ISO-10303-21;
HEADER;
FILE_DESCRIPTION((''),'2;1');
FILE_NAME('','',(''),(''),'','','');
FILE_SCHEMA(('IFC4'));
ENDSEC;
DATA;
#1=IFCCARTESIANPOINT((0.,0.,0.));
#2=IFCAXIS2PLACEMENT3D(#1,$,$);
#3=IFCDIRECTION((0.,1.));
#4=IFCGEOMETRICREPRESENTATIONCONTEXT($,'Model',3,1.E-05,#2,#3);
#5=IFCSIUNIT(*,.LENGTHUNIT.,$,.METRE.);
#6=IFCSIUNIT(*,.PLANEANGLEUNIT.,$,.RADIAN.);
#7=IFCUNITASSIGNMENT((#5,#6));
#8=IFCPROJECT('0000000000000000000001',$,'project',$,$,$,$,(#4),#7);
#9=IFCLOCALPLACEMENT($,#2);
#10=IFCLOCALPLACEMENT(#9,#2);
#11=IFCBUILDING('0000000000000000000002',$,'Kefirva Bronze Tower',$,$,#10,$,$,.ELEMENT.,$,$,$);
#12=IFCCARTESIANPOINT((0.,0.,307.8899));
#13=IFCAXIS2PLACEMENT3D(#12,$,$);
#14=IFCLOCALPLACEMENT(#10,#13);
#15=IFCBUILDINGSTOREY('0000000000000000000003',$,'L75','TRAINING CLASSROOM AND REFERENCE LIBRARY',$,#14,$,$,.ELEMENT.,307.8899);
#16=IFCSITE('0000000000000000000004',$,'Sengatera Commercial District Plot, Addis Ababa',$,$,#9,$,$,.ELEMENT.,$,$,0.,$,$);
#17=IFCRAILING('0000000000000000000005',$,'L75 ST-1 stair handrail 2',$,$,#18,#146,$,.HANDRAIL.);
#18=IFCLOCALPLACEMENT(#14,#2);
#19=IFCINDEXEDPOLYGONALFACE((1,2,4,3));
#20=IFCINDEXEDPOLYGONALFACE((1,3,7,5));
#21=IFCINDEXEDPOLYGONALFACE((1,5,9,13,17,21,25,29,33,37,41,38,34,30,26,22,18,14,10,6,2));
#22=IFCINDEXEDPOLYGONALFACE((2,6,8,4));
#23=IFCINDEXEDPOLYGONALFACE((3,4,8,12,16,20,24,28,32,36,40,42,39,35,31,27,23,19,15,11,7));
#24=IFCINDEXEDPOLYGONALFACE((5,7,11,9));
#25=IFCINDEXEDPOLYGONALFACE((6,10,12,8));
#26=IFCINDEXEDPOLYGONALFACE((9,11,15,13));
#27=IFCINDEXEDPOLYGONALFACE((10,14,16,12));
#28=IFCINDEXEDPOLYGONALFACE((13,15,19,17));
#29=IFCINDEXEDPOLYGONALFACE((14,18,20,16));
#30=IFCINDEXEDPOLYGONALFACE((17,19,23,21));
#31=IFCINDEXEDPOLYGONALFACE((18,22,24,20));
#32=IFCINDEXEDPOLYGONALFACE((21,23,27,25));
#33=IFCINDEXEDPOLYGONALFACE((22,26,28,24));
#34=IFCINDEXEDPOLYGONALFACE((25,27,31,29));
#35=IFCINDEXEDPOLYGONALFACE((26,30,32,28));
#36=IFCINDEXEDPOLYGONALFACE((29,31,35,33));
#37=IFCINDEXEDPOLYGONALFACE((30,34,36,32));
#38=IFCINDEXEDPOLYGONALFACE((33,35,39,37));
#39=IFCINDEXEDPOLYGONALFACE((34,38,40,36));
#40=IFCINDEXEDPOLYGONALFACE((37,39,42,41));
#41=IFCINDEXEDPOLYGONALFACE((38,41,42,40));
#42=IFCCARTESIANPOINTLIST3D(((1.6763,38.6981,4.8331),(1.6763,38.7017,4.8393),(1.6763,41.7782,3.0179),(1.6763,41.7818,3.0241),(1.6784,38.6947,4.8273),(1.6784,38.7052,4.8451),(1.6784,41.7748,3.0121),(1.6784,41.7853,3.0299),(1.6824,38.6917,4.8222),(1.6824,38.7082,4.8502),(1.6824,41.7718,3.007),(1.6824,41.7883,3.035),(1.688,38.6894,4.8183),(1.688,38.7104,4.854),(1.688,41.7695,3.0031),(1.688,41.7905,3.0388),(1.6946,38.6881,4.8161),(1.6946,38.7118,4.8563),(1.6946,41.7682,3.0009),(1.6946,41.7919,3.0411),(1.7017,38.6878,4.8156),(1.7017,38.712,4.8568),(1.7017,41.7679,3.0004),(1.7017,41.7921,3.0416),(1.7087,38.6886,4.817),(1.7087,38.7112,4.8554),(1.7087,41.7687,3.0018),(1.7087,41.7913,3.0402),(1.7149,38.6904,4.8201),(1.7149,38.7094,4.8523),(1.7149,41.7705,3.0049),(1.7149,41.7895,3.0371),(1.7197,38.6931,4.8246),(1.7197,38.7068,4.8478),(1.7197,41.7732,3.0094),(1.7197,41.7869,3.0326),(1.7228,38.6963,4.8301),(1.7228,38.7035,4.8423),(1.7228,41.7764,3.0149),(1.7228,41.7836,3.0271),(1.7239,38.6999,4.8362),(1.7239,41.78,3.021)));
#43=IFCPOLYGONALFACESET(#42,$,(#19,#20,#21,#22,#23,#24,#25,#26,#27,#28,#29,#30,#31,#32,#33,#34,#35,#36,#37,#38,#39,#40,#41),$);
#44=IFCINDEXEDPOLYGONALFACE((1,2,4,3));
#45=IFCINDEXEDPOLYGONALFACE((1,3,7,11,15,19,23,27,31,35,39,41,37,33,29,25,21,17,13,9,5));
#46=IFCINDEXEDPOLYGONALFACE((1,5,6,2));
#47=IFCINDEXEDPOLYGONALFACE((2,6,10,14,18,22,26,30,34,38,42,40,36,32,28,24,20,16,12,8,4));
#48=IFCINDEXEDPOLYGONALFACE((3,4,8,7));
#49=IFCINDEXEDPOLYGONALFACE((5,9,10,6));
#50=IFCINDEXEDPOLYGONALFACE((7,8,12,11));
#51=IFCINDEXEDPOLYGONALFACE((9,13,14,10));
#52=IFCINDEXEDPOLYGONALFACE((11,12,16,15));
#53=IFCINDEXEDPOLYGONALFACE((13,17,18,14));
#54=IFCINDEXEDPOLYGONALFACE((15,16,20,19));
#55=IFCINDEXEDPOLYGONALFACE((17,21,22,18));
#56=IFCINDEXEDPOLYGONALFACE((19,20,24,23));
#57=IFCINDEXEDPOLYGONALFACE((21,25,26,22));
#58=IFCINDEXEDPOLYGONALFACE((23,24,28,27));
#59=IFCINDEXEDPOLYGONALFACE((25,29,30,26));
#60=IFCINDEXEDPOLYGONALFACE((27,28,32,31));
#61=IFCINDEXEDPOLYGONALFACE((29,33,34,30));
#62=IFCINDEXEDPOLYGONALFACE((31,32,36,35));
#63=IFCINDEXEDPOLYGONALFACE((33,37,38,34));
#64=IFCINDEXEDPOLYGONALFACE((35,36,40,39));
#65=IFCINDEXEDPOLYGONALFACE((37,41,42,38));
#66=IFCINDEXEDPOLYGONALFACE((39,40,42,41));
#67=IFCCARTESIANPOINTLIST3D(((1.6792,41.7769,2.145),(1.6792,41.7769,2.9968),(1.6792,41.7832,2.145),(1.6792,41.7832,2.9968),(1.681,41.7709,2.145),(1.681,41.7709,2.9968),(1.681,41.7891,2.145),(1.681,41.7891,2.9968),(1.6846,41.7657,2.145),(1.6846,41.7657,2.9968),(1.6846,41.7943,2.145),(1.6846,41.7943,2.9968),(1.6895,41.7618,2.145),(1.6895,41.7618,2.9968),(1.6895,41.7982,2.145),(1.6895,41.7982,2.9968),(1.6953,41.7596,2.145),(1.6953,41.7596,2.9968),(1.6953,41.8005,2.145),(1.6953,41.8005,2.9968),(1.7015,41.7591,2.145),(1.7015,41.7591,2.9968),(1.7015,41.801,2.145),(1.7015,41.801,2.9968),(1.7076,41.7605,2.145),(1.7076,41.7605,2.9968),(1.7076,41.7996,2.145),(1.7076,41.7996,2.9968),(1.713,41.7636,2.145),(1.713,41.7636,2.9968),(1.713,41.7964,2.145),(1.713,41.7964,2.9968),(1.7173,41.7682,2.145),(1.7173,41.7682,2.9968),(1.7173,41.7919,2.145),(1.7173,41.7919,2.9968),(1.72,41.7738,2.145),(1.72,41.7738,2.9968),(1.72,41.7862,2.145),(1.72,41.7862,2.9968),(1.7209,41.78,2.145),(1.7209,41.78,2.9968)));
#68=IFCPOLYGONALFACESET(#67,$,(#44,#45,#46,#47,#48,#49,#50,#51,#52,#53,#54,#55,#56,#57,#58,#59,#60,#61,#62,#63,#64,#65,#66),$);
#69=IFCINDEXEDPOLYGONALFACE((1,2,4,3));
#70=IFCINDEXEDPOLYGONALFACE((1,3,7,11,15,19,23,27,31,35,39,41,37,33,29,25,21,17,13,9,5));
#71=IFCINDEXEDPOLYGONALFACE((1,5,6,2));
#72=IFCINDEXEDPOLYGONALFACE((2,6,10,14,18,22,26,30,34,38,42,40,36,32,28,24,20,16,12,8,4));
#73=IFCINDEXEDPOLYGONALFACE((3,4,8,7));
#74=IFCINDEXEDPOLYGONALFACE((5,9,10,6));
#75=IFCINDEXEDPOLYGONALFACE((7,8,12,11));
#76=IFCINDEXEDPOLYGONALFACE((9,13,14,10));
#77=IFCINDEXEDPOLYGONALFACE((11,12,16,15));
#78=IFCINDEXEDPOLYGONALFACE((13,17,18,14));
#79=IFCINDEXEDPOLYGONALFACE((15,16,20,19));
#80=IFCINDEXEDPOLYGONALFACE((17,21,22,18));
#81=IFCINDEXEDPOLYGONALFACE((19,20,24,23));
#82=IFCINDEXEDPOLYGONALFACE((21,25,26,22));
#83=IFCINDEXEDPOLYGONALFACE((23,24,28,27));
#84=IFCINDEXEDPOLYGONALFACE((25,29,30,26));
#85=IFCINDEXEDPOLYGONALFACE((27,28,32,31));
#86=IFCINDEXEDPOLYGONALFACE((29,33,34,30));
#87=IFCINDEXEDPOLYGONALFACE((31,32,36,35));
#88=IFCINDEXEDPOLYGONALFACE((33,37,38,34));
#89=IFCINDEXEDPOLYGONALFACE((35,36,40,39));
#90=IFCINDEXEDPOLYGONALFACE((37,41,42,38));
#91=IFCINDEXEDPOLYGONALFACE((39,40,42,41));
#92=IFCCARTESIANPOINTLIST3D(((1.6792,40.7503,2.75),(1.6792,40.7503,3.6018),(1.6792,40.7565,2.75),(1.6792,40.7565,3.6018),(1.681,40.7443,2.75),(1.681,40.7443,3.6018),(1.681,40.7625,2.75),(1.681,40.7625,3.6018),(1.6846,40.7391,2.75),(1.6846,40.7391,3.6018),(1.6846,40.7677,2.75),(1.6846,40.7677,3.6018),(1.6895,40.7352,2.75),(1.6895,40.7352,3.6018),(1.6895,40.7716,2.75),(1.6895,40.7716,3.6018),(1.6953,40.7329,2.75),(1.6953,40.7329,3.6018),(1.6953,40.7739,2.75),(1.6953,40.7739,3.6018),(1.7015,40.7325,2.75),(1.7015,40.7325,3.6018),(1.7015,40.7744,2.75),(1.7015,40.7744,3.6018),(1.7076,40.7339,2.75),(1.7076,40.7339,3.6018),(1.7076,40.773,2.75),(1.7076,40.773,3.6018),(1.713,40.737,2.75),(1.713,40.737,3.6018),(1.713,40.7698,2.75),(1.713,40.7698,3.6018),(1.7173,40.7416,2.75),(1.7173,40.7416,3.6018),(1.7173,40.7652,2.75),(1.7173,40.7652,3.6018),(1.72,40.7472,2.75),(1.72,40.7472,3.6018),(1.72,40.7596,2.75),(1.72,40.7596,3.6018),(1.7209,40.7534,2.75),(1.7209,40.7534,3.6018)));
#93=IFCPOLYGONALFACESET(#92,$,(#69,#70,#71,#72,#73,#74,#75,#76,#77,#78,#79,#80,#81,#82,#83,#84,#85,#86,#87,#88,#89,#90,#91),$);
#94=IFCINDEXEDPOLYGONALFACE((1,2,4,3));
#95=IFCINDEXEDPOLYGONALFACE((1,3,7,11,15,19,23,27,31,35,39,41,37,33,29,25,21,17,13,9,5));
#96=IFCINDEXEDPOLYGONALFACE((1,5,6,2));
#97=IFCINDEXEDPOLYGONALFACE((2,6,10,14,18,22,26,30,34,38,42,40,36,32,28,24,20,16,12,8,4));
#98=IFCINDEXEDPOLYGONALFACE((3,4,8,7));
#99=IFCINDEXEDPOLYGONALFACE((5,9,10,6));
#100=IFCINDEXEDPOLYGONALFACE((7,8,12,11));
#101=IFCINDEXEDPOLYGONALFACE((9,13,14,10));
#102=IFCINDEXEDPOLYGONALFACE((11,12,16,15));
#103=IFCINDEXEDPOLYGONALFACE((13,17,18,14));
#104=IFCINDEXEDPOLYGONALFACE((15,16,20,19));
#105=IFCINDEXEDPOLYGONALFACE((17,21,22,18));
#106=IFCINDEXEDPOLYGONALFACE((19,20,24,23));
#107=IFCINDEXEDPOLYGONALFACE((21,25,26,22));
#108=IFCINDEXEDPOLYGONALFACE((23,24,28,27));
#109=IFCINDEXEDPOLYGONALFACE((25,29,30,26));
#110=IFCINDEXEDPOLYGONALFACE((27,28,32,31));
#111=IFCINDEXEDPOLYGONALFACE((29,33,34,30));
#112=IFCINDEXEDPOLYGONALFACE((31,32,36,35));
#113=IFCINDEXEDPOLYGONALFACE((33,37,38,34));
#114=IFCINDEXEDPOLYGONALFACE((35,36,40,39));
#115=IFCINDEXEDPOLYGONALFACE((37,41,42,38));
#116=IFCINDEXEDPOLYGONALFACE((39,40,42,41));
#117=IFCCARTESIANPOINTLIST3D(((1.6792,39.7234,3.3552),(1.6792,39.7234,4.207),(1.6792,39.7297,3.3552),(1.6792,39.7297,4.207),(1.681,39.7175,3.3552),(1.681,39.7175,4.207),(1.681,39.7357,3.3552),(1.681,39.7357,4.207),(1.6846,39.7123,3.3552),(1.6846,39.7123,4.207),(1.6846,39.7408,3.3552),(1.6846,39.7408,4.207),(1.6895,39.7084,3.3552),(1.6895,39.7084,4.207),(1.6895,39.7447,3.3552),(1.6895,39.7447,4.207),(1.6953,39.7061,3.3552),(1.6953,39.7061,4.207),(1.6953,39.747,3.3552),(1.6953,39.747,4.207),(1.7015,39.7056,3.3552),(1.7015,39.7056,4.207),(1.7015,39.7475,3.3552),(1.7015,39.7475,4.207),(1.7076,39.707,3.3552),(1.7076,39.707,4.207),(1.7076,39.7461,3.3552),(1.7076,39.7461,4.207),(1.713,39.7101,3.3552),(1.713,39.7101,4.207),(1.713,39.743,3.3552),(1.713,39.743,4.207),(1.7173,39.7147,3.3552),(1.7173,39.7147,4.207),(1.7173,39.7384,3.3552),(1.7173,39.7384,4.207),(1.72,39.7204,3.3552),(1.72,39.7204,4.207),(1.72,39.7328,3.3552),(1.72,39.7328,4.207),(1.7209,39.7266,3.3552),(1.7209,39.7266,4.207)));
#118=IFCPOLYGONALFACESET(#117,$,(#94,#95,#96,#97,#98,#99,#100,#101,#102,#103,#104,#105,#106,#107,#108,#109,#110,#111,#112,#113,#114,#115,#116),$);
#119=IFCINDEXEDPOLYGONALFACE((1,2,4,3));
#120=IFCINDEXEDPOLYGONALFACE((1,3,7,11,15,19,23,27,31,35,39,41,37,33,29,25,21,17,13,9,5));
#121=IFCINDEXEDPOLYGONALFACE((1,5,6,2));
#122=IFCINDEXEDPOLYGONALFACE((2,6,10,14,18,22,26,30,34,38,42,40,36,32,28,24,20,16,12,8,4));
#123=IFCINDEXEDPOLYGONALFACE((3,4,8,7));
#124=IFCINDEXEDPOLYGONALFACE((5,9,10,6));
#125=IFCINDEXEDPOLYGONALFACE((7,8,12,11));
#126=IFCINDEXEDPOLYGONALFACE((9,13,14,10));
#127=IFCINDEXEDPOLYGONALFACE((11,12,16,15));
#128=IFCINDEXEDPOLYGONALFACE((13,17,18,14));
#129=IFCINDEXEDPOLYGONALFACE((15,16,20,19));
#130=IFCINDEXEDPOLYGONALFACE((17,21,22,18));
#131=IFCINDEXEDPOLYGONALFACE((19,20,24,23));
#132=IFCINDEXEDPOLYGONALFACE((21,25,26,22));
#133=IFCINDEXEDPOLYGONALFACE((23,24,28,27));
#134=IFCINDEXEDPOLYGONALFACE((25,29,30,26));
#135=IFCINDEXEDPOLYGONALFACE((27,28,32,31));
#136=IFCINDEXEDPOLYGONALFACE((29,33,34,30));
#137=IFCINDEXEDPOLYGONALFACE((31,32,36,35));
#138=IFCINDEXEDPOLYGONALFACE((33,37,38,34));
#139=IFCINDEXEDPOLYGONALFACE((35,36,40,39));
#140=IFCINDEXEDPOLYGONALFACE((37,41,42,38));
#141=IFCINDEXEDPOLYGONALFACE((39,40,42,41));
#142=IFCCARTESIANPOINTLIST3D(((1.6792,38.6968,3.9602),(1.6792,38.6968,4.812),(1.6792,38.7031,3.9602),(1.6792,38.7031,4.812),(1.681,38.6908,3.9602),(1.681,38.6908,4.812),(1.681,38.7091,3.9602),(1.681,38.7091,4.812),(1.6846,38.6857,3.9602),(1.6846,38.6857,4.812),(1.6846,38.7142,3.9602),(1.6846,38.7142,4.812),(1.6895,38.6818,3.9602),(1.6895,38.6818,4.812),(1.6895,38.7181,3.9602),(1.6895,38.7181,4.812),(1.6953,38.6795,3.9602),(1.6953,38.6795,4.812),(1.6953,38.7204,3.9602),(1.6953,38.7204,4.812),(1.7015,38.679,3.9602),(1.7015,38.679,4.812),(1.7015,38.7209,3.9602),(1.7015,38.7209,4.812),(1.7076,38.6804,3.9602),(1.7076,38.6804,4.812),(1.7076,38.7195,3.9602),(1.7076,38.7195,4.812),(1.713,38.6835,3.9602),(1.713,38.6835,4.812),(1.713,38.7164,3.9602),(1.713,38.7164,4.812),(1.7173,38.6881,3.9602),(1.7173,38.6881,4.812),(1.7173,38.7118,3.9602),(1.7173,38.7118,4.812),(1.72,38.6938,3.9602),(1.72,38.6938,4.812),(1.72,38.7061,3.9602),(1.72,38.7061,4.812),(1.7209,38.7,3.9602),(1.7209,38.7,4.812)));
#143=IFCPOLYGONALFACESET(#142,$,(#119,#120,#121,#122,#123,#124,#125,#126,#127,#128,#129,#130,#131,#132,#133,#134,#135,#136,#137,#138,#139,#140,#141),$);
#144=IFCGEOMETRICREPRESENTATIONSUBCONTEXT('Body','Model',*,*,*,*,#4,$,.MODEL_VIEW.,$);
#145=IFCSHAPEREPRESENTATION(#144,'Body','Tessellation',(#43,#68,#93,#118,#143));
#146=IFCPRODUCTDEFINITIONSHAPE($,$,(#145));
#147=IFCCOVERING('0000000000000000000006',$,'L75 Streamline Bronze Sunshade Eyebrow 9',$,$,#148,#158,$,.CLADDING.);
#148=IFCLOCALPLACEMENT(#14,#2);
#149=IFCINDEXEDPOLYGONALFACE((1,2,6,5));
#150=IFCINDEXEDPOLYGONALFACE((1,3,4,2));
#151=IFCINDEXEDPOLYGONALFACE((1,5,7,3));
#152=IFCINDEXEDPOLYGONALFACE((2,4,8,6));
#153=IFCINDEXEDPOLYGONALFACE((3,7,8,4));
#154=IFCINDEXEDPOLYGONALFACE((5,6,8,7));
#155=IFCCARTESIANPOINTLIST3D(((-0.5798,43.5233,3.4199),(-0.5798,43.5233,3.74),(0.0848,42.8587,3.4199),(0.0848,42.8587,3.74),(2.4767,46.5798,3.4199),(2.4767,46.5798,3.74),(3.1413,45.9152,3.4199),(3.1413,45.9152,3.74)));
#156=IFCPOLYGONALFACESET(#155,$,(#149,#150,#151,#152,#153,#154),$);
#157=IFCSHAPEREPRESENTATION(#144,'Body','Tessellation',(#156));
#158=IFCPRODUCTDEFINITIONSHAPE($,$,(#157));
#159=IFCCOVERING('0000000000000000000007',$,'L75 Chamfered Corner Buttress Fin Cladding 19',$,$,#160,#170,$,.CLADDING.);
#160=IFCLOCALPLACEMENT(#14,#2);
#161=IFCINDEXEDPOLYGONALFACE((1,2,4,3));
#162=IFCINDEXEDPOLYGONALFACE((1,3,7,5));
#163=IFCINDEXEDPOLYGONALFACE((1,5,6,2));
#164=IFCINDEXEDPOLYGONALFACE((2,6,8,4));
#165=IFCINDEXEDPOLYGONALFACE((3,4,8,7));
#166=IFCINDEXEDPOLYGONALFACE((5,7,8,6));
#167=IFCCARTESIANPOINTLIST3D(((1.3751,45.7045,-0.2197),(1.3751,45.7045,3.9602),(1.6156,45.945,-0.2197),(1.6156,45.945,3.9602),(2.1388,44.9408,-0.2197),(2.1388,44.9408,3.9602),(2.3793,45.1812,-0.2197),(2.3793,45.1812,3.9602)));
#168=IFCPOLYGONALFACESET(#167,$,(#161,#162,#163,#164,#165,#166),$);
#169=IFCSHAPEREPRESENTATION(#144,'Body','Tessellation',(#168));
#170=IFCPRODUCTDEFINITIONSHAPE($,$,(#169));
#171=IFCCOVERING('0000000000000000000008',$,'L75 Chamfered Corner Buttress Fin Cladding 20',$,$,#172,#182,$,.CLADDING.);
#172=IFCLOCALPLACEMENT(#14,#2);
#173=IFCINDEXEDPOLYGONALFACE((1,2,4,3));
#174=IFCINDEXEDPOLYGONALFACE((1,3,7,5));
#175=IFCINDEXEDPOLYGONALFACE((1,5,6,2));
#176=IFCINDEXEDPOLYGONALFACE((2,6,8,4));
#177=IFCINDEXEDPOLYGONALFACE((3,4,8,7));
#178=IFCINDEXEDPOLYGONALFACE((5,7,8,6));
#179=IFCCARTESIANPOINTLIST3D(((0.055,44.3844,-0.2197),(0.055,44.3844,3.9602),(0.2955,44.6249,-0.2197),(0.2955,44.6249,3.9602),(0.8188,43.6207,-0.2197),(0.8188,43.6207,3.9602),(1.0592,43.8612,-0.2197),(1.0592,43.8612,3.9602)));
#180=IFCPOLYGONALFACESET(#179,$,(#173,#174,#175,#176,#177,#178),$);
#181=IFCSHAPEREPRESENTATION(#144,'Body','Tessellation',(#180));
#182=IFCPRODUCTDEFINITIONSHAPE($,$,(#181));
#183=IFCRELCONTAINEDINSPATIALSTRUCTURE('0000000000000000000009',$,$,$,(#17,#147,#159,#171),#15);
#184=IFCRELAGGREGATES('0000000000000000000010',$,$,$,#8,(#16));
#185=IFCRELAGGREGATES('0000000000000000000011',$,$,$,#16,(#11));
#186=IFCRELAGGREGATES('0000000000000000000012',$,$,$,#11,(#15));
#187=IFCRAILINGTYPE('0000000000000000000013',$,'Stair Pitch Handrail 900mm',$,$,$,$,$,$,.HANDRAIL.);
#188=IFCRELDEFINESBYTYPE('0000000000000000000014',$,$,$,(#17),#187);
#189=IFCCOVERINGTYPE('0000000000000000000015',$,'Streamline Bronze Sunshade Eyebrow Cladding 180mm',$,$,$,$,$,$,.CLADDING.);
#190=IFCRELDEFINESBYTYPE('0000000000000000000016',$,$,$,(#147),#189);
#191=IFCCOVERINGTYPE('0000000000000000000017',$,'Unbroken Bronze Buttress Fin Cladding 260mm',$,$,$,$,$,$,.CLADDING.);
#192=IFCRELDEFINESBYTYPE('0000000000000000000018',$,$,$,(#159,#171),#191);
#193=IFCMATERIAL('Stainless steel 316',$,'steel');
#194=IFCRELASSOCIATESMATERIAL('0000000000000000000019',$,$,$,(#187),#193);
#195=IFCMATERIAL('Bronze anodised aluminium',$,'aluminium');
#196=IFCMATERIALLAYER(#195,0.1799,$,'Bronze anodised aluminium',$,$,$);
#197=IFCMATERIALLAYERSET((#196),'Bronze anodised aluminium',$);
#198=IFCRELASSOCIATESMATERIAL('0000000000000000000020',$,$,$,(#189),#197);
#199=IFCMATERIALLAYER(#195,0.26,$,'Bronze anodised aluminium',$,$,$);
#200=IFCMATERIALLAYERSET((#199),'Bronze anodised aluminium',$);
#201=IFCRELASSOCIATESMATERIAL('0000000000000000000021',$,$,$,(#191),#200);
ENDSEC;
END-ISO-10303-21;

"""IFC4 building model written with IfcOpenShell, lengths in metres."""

from ifc_helpers import new_model, si_unit, direction, frame, origin, origin_2d, place, context, subcontext, project, spatial, rectangle, circle, extrude, material, layer, layer_set, type_object, element, save


model = new_model("IFC4")

# Units and contexts
model_context = context("Model", 3, precision=1e-05, world=origin(), true_north=direction((0.0, 1.0)))
body_context = subcontext(model_context, "Body", "Model", "MODEL_VIEW")
ifc_project = project(units=[si_unit("LENGTHUNIT", "METRE"), si_unit("PLANEANGLEUNIT", "RADIAN")], contexts=[model_context])

# Site, building, storey
site_placement = place(None, origin())
site = spatial("IfcSite", under=ifc_project, at=site_placement, Name="Sengatera Commercial District Plot, Addis Ababa", CompositionType="ELEMENT", RefElevation=0.0)
building_placement = place(site_placement, origin())
building = spatial("IfcBuilding", under=site, at=building_placement, Name="Kefirva Bronze Tower", CompositionType="ELEMENT")
storey_placement = place(building_placement, frame((0.0, 0.0, 307.8899)))
storey = spatial("IfcBuildingStorey", under=building, at=storey_placement, Name="L75", Description="TRAINING CLASSROOM AND REFERENCE LIBRARY", CompositionType="ELEMENT", Elevation=307.8899)

# Shared definitions
ifc_material_1 = material(Name="Bronze anodised aluminium", Category="aluminium")

# Railing
ifc_material_2 = material(Name="Stainless steel 316", Category="steel")
railing_type_1 = type_object("IfcRailingType", Name="Stair Pitch Handrail 900mm", PredefinedType="HANDRAIL", material=ifc_material_2)
railing_1_placement = place(storey_placement, frame((1.7, 41.78, 2.145)))
element("IfcRailing", 1, at=railing_1_placement, inside=storey, type_object=railing_type_1, Name="L75 ST-1 stair handrail 2", PredefinedType="HANDRAIL", context=body_context, shape_type="SweptSolid", body=[
    extrude(circle(Radius=0.0239, at=origin_2d()), frame((0.0, 0.0, 0.876), z_axis=(0.0, -0.861521, 0.507721), x_axis=(1.0, 0.0, 0.0)), (0.0, 0.0, 1.0), 3.5752),
    extrude(circle(Radius=0.021, at=origin_2d()), origin(), (0.0, 0.0, 1.0), 0.8518),
    extrude(circle(Radius=0.021, at=origin_2d()), frame((0.0, -1.0266, 0.605)), (0.0, 0.0, 1.0), 0.8518),
    extrude(circle(Radius=0.021, at=origin_2d()), frame((0.0, -2.0535, 1.2102)), (0.0, 0.0, 1.0), 0.8518),
    extrude(circle(Radius=0.021, at=origin_2d()), frame((0.0, -3.0801, 1.8152)), (0.0, 0.0, 1.0), 0.8518),
])

# Coverings
ifc_layer_1 = layer(ifc_material_1, 0.1799, Name="Bronze anodised aluminium")
ifc_layer_set_1 = layer_set([ifc_layer_1], Name="Bronze anodised aluminium")
covering_type_1 = type_object("IfcCoveringType", Name="Streamline Bronze Sunshade Eyebrow Cladding 180mm", PredefinedType="CLADDING", material=ifc_layer_set_1)
covering_1_placement = place(storey_placement, frame((1.2808, 44.7192, 3.4199), z_axis=(0.0, 0.0, 1.0), x_axis=(-0.707107, -0.707107, 0.0)))
element("IfcCovering", 2, at=covering_1_placement, inside=storey, type_object=covering_type_1, Name="L75 Streamline Bronze Sunshade Eyebrow 9", PredefinedType="CLADDING", context=body_context, shape_type="SweptSolid", body=[
    extrude(rectangle(XDim=4.3225, YDim=0.9399, at=origin_2d()), origin(), (0.0, 0.0, 1.0), 0.3201),
])
ifc_layer_2 = layer(ifc_material_1, 0.26, Name="Bronze anodised aluminium")
ifc_layer_set_2 = layer_set([ifc_layer_2], Name="Bronze anodised aluminium")
covering_type_2 = type_object("IfcCoveringType", Name="Unbroken Bronze Buttress Fin Cladding 260mm", PredefinedType="CLADDING", material=ifc_layer_set_2)
for number, where, z_axis, x_axis, name in (
    (3, (1.8772, 45.4429, -0.2197), (0.0, 0.0, 1.0), (-0.707107, -0.707107, 0.0), "L75 Chamfered Corner Buttress Fin Cladding 19"),
    (4, (0.5571, 44.1228, -0.2197), (0.0, 0.0, 1.0), (-0.707107, -0.707107, 0.0), "L75 Chamfered Corner Buttress Fin Cladding 20"),
):
    element("IfcCovering", number, at=place(storey_placement, frame(where, z_axis=z_axis, x_axis=x_axis)), inside=storey, type_object=covering_type_2, Name=name, PredefinedType="CLADDING", context=body_context, shape_type="SweptSolid", body=[
        extrude(rectangle(XDim=0.3401, YDim=1.0801, at=origin_2d()), origin(), (0.0, 0.0, 1.0), 4.1799),
    ])

save(model, "model.ifc")
